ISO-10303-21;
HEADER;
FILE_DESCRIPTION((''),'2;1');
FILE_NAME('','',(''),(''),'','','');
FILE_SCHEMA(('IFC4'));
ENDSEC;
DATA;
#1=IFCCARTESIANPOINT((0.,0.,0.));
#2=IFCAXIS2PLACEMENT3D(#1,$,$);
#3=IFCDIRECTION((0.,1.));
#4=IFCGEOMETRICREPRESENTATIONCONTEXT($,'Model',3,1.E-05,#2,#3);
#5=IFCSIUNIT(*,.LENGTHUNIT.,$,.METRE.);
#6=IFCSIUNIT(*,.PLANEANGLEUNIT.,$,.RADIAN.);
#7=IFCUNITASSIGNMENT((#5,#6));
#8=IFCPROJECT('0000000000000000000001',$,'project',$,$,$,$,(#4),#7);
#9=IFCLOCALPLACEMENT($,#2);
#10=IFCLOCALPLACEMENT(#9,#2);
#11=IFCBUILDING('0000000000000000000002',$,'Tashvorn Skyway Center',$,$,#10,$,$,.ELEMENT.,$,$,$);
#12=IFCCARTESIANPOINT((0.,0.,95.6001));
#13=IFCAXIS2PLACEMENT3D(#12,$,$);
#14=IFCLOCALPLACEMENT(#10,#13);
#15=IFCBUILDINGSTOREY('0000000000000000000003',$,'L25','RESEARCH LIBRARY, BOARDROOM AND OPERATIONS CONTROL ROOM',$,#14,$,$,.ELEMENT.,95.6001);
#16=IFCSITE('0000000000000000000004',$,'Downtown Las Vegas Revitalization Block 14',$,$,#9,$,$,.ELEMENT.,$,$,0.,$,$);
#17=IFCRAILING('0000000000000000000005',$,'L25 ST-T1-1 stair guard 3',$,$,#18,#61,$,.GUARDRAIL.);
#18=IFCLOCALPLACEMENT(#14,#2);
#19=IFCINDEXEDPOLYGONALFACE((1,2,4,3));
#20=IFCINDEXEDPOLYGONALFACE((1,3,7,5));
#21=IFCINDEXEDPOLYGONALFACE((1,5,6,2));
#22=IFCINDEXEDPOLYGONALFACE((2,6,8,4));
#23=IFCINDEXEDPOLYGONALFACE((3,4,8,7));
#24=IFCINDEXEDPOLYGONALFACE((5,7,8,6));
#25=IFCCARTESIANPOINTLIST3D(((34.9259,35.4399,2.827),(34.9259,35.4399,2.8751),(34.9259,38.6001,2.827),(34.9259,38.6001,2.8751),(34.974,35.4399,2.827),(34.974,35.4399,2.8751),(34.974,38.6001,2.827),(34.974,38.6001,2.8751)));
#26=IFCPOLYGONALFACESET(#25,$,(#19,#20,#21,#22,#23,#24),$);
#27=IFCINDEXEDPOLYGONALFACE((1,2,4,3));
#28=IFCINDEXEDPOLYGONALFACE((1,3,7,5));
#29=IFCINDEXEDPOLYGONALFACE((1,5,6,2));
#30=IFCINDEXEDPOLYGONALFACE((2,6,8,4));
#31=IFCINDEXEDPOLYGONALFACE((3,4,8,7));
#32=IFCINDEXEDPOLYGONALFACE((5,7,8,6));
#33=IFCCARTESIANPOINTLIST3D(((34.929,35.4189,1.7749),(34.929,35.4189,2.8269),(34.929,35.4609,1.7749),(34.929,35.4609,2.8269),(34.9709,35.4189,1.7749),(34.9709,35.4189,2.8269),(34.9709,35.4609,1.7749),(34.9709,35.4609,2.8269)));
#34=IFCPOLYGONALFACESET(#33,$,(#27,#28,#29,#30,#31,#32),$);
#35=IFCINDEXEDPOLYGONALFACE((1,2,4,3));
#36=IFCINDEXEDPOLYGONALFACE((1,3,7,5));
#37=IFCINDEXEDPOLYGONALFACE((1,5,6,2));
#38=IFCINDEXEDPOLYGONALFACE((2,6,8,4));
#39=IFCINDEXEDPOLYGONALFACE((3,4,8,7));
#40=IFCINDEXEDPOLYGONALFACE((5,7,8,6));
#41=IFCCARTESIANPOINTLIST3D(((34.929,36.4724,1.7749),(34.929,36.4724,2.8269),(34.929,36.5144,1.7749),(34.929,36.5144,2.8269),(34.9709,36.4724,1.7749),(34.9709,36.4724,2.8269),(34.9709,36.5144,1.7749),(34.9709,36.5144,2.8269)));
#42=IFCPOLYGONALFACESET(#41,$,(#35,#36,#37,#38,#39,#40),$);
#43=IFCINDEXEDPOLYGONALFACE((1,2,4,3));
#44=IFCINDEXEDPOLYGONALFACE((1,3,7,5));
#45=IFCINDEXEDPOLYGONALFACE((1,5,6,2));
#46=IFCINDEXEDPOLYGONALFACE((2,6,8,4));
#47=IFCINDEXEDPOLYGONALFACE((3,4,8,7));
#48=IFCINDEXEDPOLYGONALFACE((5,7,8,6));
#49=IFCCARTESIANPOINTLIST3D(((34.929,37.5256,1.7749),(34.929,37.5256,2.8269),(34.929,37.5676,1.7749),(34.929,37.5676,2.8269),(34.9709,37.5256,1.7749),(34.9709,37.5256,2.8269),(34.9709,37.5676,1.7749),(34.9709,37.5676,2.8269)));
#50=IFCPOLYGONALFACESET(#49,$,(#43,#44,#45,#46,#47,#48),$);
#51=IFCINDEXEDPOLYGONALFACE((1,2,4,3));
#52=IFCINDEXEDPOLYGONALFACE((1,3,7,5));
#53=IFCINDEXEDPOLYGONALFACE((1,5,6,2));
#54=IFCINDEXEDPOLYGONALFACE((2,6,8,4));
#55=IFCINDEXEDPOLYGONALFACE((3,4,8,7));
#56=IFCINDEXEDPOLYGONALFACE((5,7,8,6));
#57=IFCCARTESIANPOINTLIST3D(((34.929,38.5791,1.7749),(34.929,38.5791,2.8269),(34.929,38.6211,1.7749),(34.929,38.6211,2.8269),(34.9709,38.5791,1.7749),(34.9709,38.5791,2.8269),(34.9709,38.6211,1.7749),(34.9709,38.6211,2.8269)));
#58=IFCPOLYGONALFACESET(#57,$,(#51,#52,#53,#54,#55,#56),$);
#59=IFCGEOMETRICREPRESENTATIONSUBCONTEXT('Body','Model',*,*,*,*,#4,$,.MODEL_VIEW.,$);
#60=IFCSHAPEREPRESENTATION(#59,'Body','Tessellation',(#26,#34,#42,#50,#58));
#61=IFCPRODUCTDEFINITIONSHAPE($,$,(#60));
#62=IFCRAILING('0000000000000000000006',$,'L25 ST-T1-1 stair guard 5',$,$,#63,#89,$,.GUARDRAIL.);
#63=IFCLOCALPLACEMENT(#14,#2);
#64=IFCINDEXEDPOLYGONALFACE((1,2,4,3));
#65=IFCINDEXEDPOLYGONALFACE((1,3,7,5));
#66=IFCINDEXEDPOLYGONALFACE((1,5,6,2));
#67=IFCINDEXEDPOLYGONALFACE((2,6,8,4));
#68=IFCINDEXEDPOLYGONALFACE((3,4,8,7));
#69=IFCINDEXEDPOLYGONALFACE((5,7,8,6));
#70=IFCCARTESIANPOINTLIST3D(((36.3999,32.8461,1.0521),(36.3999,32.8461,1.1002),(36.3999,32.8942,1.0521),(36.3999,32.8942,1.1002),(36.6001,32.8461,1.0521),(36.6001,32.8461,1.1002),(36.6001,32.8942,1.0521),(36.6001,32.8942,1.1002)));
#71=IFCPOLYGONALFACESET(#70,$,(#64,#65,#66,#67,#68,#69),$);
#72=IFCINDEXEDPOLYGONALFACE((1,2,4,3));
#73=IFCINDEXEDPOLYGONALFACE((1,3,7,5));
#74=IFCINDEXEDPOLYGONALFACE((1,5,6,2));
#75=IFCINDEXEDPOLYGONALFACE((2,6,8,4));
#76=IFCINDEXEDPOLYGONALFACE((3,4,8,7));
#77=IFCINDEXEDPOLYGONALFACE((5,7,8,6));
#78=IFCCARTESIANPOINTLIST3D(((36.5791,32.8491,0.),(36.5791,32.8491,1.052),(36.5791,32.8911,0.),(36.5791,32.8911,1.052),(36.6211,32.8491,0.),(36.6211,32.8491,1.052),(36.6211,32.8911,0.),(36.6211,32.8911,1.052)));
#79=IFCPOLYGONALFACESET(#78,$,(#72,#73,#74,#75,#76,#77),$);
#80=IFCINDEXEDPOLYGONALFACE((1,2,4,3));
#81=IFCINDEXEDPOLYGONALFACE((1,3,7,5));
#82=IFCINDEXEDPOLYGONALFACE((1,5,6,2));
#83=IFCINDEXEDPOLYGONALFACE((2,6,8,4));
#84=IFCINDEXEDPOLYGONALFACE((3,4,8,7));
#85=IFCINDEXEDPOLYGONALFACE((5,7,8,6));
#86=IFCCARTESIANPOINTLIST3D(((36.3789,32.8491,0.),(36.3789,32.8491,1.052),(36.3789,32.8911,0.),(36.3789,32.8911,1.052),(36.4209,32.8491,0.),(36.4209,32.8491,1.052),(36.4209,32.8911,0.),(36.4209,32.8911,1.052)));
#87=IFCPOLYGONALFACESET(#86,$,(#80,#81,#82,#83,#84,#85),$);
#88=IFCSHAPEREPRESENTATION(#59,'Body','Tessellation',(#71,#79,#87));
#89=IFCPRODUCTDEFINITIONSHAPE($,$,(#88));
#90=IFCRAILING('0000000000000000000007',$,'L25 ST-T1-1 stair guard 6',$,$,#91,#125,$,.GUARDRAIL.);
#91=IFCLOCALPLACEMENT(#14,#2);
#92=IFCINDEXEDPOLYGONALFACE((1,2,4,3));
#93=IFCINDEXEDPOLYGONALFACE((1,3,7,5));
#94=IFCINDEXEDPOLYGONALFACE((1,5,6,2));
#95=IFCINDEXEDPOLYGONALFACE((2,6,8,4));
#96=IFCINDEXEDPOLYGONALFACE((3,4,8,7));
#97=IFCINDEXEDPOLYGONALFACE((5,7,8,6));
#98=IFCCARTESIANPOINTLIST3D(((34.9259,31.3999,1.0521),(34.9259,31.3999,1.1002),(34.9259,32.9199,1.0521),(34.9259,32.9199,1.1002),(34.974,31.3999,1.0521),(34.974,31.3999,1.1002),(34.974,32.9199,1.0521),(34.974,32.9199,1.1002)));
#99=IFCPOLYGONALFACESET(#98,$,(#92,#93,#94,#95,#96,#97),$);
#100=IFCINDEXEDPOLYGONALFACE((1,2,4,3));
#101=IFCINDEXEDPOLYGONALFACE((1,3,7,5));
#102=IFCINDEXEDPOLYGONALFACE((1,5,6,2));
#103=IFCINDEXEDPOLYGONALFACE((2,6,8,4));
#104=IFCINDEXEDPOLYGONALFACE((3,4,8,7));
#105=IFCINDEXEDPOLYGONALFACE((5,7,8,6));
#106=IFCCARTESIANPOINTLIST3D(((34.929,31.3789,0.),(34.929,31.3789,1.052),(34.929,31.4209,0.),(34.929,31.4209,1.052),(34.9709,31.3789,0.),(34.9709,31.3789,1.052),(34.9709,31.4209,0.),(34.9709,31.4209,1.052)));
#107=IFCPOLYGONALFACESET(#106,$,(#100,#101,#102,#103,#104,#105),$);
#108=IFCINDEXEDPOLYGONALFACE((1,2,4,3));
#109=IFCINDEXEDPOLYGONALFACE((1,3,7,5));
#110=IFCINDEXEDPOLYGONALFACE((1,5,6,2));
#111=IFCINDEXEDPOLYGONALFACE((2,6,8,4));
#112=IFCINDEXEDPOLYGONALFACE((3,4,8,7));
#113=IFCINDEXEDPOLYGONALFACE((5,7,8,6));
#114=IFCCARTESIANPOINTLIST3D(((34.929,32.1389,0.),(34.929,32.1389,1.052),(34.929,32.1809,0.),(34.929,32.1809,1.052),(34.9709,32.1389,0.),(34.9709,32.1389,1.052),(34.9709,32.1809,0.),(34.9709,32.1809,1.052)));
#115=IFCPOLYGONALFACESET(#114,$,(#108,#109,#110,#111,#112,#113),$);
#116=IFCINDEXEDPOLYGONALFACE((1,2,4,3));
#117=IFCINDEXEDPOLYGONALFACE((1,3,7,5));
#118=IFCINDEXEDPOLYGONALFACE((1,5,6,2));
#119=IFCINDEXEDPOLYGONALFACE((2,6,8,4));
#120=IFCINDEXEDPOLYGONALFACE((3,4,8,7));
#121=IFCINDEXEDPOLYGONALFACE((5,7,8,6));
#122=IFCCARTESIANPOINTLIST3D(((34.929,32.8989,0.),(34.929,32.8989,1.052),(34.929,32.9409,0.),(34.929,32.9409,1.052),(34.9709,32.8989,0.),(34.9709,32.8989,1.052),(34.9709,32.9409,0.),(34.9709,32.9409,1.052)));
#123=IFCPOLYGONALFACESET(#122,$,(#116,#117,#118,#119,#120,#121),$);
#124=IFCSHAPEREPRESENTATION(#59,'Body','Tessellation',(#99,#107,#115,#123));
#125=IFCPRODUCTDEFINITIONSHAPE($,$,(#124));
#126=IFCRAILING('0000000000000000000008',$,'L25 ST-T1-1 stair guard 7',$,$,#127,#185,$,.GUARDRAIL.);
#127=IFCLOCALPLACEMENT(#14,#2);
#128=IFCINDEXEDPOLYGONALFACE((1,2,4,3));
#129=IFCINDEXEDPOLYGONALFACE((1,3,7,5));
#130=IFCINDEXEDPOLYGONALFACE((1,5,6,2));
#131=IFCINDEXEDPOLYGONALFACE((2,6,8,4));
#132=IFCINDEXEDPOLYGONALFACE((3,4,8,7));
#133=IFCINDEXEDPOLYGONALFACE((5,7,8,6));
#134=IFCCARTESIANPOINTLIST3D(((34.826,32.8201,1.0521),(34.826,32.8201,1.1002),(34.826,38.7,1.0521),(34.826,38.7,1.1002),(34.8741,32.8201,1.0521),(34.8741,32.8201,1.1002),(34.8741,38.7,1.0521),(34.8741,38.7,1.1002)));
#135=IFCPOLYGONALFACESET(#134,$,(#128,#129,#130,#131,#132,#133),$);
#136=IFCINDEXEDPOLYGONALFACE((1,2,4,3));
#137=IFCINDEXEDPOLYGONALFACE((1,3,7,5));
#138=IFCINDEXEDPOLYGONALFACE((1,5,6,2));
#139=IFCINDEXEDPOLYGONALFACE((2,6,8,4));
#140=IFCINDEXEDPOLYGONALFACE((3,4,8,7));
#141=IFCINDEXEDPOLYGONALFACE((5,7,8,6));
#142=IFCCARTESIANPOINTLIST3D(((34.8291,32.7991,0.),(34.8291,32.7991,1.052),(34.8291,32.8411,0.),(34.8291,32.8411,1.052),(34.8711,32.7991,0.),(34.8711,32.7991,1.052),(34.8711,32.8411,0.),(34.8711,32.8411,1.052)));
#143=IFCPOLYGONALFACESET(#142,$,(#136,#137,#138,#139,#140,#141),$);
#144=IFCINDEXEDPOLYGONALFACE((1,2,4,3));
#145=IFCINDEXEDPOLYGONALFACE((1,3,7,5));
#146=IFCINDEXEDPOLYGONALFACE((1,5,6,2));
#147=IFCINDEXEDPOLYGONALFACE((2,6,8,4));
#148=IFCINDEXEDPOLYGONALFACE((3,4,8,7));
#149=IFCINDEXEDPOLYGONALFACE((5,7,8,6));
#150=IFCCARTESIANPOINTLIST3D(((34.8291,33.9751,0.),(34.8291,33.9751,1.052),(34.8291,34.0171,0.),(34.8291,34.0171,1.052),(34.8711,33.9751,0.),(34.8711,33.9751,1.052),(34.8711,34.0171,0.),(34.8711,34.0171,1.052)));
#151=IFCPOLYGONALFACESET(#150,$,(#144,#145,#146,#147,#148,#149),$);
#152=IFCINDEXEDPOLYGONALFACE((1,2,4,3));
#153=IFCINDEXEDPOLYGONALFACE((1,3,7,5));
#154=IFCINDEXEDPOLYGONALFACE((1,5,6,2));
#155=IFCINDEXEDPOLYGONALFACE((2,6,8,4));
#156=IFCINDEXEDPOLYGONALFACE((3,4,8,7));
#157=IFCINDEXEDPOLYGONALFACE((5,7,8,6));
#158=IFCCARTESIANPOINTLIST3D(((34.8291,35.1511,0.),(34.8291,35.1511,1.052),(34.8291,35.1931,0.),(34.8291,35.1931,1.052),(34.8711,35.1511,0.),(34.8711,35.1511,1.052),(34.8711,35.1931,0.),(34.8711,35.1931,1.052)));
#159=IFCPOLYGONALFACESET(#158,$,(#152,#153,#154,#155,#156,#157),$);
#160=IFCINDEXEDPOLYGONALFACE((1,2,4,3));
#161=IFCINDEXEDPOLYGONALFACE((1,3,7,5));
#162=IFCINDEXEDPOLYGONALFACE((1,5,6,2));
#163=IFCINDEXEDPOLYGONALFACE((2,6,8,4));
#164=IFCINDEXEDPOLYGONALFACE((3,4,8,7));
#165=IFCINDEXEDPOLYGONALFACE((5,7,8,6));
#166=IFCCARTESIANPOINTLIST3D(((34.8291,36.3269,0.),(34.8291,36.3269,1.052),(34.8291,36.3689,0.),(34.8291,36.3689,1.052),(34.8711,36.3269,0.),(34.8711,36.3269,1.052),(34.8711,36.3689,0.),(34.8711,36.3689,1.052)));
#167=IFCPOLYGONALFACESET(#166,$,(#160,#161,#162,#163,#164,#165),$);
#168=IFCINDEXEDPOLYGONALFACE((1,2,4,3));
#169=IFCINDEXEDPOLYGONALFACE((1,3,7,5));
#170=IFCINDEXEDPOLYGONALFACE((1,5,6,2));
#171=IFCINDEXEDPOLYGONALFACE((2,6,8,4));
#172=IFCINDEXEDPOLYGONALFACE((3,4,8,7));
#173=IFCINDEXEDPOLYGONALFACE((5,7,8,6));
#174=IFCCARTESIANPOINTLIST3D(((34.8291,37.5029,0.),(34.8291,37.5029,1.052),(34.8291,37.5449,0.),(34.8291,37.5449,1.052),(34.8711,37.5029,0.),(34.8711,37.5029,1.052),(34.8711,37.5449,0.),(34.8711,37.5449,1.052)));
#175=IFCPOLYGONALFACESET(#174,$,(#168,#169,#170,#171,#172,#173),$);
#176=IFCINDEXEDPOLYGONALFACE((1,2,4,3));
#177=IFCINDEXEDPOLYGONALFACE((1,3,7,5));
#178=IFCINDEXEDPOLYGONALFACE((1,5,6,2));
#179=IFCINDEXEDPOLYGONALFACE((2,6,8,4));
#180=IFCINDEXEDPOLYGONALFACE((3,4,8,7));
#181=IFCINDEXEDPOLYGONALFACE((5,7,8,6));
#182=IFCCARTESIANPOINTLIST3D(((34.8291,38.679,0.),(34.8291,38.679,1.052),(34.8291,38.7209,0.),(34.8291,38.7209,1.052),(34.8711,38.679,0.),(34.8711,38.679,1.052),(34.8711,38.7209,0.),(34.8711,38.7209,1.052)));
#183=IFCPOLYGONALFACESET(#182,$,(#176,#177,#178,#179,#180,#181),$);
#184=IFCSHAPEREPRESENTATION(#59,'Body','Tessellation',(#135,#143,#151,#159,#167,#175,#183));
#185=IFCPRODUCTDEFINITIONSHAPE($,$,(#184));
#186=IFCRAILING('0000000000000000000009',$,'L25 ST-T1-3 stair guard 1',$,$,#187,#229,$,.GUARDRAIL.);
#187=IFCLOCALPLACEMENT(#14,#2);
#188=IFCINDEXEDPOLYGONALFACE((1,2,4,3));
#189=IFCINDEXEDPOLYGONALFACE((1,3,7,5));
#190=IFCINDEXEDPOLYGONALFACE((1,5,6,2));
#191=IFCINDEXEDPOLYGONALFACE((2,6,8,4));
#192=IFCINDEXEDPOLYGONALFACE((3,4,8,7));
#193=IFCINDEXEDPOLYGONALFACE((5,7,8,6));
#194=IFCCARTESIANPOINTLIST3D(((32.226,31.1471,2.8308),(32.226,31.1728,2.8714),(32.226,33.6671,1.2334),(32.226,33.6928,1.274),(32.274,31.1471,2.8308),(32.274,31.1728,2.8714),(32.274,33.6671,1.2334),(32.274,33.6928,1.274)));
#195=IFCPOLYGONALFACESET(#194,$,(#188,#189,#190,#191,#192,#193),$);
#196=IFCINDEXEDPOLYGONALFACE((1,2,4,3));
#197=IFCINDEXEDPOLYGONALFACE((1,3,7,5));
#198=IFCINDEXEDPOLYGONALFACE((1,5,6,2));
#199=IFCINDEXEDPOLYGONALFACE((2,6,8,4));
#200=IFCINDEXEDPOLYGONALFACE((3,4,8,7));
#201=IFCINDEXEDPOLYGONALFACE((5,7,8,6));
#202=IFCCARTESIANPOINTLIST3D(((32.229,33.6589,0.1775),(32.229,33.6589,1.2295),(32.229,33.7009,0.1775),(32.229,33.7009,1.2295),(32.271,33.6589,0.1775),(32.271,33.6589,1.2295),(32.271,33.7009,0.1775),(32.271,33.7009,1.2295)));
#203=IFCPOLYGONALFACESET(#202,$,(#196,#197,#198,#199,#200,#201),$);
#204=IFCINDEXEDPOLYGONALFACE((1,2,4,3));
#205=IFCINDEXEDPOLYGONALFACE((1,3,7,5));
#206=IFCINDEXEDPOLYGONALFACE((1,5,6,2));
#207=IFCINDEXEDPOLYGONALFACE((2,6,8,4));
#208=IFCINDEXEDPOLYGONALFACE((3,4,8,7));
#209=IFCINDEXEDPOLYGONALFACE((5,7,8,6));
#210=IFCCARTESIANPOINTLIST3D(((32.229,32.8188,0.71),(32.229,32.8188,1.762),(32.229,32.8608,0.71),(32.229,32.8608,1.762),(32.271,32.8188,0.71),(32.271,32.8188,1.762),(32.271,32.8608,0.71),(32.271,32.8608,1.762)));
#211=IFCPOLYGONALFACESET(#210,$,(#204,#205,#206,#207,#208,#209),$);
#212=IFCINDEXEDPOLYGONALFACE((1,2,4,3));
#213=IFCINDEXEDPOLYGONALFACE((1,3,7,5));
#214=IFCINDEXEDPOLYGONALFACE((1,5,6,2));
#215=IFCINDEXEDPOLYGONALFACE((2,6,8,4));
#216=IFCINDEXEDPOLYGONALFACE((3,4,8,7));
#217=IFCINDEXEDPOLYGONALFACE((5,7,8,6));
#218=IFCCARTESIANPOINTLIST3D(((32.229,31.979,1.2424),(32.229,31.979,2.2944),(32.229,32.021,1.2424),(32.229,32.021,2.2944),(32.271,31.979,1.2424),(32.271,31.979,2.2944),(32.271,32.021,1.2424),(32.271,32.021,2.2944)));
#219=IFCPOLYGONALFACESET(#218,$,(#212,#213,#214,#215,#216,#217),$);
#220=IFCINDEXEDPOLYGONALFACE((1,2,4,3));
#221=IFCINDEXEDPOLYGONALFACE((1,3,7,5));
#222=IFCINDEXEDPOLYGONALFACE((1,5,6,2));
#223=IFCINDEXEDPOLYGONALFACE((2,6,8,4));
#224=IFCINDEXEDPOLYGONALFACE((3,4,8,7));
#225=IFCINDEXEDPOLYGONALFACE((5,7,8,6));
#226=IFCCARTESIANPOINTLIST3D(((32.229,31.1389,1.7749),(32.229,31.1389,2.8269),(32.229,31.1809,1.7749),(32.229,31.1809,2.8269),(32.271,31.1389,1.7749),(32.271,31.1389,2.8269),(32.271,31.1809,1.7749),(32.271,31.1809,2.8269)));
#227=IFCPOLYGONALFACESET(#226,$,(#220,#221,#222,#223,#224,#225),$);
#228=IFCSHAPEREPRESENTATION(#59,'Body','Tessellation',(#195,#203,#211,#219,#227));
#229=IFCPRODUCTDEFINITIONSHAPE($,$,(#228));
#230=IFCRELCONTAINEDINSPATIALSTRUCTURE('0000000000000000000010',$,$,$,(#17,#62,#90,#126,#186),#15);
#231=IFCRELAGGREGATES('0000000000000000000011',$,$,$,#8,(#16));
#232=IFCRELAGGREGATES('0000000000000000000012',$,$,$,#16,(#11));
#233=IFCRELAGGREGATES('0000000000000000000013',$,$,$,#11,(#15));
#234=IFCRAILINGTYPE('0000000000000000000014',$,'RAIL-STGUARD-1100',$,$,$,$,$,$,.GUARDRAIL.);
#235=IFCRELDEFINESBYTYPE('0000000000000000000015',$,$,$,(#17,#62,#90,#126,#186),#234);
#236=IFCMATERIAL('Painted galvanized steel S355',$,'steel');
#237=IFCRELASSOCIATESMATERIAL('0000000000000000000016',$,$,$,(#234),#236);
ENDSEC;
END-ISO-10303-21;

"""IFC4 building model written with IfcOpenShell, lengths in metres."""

from ifc_helpers import new_model, si_unit, direction, frame, origin, origin_2d, place, context, subcontext, project, spatial, rectangle, extrude, material, type_object, element, save


model = new_model("IFC4")

# Units and contexts
model_context = context("Model", 3, precision=1e-05, world=origin(), true_north=direction((0.0, 1.0)))
body_context = subcontext(model_context, "Body", "Model", "MODEL_VIEW")
ifc_project = project(units=[si_unit("LENGTHUNIT", "METRE"), si_unit("PLANEANGLEUNIT", "RADIAN")], contexts=[model_context])

# Site, building, storey
site_placement = place(None, origin())
site = spatial("IfcSite", under=ifc_project, at=site_placement, Name="Downtown Las Vegas Revitalization Block 14", CompositionType="ELEMENT", RefElevation=0.0)
building_placement = place(site_placement, origin())
building = spatial("IfcBuilding", under=site, at=building_placement, Name="Tashvorn Skyway Center", CompositionType="ELEMENT")
storey_placement = place(building_placement, frame((0.0, 0.0, 95.6001)))
storey = spatial("IfcBuildingStorey", under=building, at=storey_placement, Name="L25", Description="RESEARCH LIBRARY, BOARDROOM AND OPERATIONS CONTROL ROOM", CompositionType="ELEMENT", Elevation=95.6001)

# Railings
ifc_material_1 = material(Name="Painted galvanized steel S355", Category="steel")
railing_type_1 = type_object("IfcRailingType", Name="RAIL-STGUARD-1100", PredefinedType="GUARDRAIL", material=ifc_material_1)
railing_1_placement = place(storey_placement, frame((34.95, 35.4399, 1.7749)))
element("IfcRailing", 1, at=railing_1_placement, inside=storey, type_object=railing_type_1, Name="L25 ST-T1-1 stair guard 3", PredefinedType="GUARDRAIL", context=body_context, shape_type="SweptSolid", body=[
    extrude(rectangle(XDim=0.0481, YDim=0.0481, at=origin_2d()), frame((0.0, 0.0, 1.0762), z_axis=(0.0, 1.0, 0.0), x_axis=(-1.0, 0.0, 0.0)), (0.0, 0.0, 1.0), 3.1602),
    extrude(rectangle(XDim=0.042, YDim=0.042, at=origin_2d()), origin(), (0.0, 0.0, 1.0), 1.052),
    extrude(rectangle(XDim=0.042, YDim=0.042, at=origin_2d()), frame((0.0, 1.0535, 0.0)), (0.0, 0.0, 1.0), 1.052),
    extrude(rectangle(XDim=0.042, YDim=0.042, at=origin_2d()), frame((0.0, 2.1067, 0.0)), (0.0, 0.0, 1.0), 1.052),
    extrude(rectangle(XDim=0.042, YDim=0.042, at=origin_2d()), frame((0.0, 3.1602, 0.0)), (0.0, 0.0, 1.0), 1.052),
])
railing_2_placement = place(storey_placement, frame((36.6001, 32.8701, 0.0)))
element("IfcRailing", 2, at=railing_2_placement, inside=storey, type_object=railing_type_1, Name="L25 ST-T1-1 stair guard 5", PredefinedType="GUARDRAIL", context=body_context, shape_type="SweptSolid", body=[
    extrude(rectangle(XDim=0.0481, YDim=0.0481, at=origin_2d()), frame((0.0, 0.0, 1.0762), z_axis=(-1.0, 0.0, 0.0), x_axis=(0.0, -1.0, 0.0)), (0.0, 0.0, 1.0), 0.2002),
    extrude(rectangle(XDim=0.042, YDim=0.042, at=origin_2d()), origin(), (0.0, 0.0, 1.0), 1.052),
    extrude(rectangle(XDim=0.042, YDim=0.042, at=origin_2d()), frame((-0.2002, 0.0, 0.0)), (0.0, 0.0, 1.0), 1.052),
])
railing_3_placement = place(storey_placement, frame((34.95, 31.3999, 0.0)))
element("IfcRailing", 3, at=railing_3_placement, inside=storey, type_object=railing_type_1, Name="L25 ST-T1-1 stair guard 6", PredefinedType="GUARDRAIL", context=body_context, shape_type="SweptSolid", body=[
    extrude(rectangle(XDim=0.0481, YDim=0.0481, at=origin_2d()), frame((0.0, 0.0, 1.0762), z_axis=(0.0, 1.0, 0.0), x_axis=(-1.0, 0.0, 0.0)), (0.0, 0.0, 1.0), 1.52),
    extrude(rectangle(XDim=0.042, YDim=0.042, at=origin_2d()), origin(), (0.0, 0.0, 1.0), 1.052),
    extrude(rectangle(XDim=0.042, YDim=0.042, at=origin_2d()), frame((0.0, 0.76, 0.0)), (0.0, 0.0, 1.0), 1.052),
    extrude(rectangle(XDim=0.042, YDim=0.042, at=origin_2d()), frame((0.0, 1.52, 0.0)), (0.0, 0.0, 1.0), 1.052),
])
railing_4_placement = place(storey_placement, frame((34.8501, 32.8201, 0.0)))
element("IfcRailing", 4, at=railing_4_placement, inside=storey, type_object=railing_type_1, Name="L25 ST-T1-1 stair guard 7", PredefinedType="GUARDRAIL", context=body_context, shape_type="SweptSolid", body=[
    extrude(rectangle(XDim=0.0481, YDim=0.0481, at=origin_2d()), frame((0.0, 0.0, 1.0762), z_axis=(0.0, 1.0, 0.0), x_axis=(-1.0, 0.0, 0.0)), (0.0, 0.0, 1.0), 5.8799),
    extrude(rectangle(XDim=0.042, YDim=0.042, at=origin_2d()), origin(), (0.0, 0.0, 1.0), 1.052),
    extrude(rectangle(XDim=0.042, YDim=0.042, at=origin_2d()), frame((0.0, 1.176, 0.0)), (0.0, 0.0, 1.0), 1.052),
    extrude(rectangle(XDim=0.042, YDim=0.042, at=origin_2d()), frame((0.0, 2.3521, 0.0)), (0.0, 0.0, 1.0), 1.052),
    extrude(rectangle(XDim=0.042, YDim=0.042, at=origin_2d()), frame((0.0, 3.5278, 0.0)), (0.0, 0.0, 1.0), 1.052),
    extrude(rectangle(XDim=0.042, YDim=0.042, at=origin_2d()), frame((0.0, 4.7039, 0.0)), (0.0, 0.0, 1.0), 1.052),
    extrude(rectangle(XDim=0.042, YDim=0.042, at=origin_2d()), frame((0.0, 5.8799, 0.0)), (0.0, 0.0, 1.0), 1.052),
])
railing_5_placement = place(storey_placement, frame((32.25, 33.6799, 0.1775)))
element("IfcRailing", 5, at=railing_5_placement, inside=storey, type_object=railing_type_1, Name="L25 ST-T1-3 stair guard 1", PredefinedType="GUARDRAIL", context=body_context, shape_type="SweptSolid", body=[
    extrude(rectangle(XDim=0.0481, YDim=0.0481, at=origin_2d()), frame((0.0, 0.0, 1.0762), z_axis=(0.0, -0.844607, 0.535387), x_axis=(1.0, 0.0, 0.0)), (0.0, 0.0, 1.0), 2.9836),
    extrude(rectangle(XDim=0.042, YDim=0.042, at=origin_2d()), origin(), (0.0, 0.0, 1.0), 1.052),
    extrude(rectangle(XDim=0.042, YDim=0.042, at=origin_2d()), frame((0.0, -0.8401, 0.5325)), (0.0, 0.0, 1.0), 1.052),
    extrude(rectangle(XDim=0.042, YDim=0.042, at=origin_2d()), frame((0.0, -1.6799, 1.0649)), (0.0, 0.0, 1.0), 1.052),
    extrude(rectangle(XDim=0.042, YDim=0.042, at=origin_2d()), frame((0.0, -2.52, 1.5974)), (0.0, 0.0, 1.0), 1.052),
])

save(model, "model.ifc")
